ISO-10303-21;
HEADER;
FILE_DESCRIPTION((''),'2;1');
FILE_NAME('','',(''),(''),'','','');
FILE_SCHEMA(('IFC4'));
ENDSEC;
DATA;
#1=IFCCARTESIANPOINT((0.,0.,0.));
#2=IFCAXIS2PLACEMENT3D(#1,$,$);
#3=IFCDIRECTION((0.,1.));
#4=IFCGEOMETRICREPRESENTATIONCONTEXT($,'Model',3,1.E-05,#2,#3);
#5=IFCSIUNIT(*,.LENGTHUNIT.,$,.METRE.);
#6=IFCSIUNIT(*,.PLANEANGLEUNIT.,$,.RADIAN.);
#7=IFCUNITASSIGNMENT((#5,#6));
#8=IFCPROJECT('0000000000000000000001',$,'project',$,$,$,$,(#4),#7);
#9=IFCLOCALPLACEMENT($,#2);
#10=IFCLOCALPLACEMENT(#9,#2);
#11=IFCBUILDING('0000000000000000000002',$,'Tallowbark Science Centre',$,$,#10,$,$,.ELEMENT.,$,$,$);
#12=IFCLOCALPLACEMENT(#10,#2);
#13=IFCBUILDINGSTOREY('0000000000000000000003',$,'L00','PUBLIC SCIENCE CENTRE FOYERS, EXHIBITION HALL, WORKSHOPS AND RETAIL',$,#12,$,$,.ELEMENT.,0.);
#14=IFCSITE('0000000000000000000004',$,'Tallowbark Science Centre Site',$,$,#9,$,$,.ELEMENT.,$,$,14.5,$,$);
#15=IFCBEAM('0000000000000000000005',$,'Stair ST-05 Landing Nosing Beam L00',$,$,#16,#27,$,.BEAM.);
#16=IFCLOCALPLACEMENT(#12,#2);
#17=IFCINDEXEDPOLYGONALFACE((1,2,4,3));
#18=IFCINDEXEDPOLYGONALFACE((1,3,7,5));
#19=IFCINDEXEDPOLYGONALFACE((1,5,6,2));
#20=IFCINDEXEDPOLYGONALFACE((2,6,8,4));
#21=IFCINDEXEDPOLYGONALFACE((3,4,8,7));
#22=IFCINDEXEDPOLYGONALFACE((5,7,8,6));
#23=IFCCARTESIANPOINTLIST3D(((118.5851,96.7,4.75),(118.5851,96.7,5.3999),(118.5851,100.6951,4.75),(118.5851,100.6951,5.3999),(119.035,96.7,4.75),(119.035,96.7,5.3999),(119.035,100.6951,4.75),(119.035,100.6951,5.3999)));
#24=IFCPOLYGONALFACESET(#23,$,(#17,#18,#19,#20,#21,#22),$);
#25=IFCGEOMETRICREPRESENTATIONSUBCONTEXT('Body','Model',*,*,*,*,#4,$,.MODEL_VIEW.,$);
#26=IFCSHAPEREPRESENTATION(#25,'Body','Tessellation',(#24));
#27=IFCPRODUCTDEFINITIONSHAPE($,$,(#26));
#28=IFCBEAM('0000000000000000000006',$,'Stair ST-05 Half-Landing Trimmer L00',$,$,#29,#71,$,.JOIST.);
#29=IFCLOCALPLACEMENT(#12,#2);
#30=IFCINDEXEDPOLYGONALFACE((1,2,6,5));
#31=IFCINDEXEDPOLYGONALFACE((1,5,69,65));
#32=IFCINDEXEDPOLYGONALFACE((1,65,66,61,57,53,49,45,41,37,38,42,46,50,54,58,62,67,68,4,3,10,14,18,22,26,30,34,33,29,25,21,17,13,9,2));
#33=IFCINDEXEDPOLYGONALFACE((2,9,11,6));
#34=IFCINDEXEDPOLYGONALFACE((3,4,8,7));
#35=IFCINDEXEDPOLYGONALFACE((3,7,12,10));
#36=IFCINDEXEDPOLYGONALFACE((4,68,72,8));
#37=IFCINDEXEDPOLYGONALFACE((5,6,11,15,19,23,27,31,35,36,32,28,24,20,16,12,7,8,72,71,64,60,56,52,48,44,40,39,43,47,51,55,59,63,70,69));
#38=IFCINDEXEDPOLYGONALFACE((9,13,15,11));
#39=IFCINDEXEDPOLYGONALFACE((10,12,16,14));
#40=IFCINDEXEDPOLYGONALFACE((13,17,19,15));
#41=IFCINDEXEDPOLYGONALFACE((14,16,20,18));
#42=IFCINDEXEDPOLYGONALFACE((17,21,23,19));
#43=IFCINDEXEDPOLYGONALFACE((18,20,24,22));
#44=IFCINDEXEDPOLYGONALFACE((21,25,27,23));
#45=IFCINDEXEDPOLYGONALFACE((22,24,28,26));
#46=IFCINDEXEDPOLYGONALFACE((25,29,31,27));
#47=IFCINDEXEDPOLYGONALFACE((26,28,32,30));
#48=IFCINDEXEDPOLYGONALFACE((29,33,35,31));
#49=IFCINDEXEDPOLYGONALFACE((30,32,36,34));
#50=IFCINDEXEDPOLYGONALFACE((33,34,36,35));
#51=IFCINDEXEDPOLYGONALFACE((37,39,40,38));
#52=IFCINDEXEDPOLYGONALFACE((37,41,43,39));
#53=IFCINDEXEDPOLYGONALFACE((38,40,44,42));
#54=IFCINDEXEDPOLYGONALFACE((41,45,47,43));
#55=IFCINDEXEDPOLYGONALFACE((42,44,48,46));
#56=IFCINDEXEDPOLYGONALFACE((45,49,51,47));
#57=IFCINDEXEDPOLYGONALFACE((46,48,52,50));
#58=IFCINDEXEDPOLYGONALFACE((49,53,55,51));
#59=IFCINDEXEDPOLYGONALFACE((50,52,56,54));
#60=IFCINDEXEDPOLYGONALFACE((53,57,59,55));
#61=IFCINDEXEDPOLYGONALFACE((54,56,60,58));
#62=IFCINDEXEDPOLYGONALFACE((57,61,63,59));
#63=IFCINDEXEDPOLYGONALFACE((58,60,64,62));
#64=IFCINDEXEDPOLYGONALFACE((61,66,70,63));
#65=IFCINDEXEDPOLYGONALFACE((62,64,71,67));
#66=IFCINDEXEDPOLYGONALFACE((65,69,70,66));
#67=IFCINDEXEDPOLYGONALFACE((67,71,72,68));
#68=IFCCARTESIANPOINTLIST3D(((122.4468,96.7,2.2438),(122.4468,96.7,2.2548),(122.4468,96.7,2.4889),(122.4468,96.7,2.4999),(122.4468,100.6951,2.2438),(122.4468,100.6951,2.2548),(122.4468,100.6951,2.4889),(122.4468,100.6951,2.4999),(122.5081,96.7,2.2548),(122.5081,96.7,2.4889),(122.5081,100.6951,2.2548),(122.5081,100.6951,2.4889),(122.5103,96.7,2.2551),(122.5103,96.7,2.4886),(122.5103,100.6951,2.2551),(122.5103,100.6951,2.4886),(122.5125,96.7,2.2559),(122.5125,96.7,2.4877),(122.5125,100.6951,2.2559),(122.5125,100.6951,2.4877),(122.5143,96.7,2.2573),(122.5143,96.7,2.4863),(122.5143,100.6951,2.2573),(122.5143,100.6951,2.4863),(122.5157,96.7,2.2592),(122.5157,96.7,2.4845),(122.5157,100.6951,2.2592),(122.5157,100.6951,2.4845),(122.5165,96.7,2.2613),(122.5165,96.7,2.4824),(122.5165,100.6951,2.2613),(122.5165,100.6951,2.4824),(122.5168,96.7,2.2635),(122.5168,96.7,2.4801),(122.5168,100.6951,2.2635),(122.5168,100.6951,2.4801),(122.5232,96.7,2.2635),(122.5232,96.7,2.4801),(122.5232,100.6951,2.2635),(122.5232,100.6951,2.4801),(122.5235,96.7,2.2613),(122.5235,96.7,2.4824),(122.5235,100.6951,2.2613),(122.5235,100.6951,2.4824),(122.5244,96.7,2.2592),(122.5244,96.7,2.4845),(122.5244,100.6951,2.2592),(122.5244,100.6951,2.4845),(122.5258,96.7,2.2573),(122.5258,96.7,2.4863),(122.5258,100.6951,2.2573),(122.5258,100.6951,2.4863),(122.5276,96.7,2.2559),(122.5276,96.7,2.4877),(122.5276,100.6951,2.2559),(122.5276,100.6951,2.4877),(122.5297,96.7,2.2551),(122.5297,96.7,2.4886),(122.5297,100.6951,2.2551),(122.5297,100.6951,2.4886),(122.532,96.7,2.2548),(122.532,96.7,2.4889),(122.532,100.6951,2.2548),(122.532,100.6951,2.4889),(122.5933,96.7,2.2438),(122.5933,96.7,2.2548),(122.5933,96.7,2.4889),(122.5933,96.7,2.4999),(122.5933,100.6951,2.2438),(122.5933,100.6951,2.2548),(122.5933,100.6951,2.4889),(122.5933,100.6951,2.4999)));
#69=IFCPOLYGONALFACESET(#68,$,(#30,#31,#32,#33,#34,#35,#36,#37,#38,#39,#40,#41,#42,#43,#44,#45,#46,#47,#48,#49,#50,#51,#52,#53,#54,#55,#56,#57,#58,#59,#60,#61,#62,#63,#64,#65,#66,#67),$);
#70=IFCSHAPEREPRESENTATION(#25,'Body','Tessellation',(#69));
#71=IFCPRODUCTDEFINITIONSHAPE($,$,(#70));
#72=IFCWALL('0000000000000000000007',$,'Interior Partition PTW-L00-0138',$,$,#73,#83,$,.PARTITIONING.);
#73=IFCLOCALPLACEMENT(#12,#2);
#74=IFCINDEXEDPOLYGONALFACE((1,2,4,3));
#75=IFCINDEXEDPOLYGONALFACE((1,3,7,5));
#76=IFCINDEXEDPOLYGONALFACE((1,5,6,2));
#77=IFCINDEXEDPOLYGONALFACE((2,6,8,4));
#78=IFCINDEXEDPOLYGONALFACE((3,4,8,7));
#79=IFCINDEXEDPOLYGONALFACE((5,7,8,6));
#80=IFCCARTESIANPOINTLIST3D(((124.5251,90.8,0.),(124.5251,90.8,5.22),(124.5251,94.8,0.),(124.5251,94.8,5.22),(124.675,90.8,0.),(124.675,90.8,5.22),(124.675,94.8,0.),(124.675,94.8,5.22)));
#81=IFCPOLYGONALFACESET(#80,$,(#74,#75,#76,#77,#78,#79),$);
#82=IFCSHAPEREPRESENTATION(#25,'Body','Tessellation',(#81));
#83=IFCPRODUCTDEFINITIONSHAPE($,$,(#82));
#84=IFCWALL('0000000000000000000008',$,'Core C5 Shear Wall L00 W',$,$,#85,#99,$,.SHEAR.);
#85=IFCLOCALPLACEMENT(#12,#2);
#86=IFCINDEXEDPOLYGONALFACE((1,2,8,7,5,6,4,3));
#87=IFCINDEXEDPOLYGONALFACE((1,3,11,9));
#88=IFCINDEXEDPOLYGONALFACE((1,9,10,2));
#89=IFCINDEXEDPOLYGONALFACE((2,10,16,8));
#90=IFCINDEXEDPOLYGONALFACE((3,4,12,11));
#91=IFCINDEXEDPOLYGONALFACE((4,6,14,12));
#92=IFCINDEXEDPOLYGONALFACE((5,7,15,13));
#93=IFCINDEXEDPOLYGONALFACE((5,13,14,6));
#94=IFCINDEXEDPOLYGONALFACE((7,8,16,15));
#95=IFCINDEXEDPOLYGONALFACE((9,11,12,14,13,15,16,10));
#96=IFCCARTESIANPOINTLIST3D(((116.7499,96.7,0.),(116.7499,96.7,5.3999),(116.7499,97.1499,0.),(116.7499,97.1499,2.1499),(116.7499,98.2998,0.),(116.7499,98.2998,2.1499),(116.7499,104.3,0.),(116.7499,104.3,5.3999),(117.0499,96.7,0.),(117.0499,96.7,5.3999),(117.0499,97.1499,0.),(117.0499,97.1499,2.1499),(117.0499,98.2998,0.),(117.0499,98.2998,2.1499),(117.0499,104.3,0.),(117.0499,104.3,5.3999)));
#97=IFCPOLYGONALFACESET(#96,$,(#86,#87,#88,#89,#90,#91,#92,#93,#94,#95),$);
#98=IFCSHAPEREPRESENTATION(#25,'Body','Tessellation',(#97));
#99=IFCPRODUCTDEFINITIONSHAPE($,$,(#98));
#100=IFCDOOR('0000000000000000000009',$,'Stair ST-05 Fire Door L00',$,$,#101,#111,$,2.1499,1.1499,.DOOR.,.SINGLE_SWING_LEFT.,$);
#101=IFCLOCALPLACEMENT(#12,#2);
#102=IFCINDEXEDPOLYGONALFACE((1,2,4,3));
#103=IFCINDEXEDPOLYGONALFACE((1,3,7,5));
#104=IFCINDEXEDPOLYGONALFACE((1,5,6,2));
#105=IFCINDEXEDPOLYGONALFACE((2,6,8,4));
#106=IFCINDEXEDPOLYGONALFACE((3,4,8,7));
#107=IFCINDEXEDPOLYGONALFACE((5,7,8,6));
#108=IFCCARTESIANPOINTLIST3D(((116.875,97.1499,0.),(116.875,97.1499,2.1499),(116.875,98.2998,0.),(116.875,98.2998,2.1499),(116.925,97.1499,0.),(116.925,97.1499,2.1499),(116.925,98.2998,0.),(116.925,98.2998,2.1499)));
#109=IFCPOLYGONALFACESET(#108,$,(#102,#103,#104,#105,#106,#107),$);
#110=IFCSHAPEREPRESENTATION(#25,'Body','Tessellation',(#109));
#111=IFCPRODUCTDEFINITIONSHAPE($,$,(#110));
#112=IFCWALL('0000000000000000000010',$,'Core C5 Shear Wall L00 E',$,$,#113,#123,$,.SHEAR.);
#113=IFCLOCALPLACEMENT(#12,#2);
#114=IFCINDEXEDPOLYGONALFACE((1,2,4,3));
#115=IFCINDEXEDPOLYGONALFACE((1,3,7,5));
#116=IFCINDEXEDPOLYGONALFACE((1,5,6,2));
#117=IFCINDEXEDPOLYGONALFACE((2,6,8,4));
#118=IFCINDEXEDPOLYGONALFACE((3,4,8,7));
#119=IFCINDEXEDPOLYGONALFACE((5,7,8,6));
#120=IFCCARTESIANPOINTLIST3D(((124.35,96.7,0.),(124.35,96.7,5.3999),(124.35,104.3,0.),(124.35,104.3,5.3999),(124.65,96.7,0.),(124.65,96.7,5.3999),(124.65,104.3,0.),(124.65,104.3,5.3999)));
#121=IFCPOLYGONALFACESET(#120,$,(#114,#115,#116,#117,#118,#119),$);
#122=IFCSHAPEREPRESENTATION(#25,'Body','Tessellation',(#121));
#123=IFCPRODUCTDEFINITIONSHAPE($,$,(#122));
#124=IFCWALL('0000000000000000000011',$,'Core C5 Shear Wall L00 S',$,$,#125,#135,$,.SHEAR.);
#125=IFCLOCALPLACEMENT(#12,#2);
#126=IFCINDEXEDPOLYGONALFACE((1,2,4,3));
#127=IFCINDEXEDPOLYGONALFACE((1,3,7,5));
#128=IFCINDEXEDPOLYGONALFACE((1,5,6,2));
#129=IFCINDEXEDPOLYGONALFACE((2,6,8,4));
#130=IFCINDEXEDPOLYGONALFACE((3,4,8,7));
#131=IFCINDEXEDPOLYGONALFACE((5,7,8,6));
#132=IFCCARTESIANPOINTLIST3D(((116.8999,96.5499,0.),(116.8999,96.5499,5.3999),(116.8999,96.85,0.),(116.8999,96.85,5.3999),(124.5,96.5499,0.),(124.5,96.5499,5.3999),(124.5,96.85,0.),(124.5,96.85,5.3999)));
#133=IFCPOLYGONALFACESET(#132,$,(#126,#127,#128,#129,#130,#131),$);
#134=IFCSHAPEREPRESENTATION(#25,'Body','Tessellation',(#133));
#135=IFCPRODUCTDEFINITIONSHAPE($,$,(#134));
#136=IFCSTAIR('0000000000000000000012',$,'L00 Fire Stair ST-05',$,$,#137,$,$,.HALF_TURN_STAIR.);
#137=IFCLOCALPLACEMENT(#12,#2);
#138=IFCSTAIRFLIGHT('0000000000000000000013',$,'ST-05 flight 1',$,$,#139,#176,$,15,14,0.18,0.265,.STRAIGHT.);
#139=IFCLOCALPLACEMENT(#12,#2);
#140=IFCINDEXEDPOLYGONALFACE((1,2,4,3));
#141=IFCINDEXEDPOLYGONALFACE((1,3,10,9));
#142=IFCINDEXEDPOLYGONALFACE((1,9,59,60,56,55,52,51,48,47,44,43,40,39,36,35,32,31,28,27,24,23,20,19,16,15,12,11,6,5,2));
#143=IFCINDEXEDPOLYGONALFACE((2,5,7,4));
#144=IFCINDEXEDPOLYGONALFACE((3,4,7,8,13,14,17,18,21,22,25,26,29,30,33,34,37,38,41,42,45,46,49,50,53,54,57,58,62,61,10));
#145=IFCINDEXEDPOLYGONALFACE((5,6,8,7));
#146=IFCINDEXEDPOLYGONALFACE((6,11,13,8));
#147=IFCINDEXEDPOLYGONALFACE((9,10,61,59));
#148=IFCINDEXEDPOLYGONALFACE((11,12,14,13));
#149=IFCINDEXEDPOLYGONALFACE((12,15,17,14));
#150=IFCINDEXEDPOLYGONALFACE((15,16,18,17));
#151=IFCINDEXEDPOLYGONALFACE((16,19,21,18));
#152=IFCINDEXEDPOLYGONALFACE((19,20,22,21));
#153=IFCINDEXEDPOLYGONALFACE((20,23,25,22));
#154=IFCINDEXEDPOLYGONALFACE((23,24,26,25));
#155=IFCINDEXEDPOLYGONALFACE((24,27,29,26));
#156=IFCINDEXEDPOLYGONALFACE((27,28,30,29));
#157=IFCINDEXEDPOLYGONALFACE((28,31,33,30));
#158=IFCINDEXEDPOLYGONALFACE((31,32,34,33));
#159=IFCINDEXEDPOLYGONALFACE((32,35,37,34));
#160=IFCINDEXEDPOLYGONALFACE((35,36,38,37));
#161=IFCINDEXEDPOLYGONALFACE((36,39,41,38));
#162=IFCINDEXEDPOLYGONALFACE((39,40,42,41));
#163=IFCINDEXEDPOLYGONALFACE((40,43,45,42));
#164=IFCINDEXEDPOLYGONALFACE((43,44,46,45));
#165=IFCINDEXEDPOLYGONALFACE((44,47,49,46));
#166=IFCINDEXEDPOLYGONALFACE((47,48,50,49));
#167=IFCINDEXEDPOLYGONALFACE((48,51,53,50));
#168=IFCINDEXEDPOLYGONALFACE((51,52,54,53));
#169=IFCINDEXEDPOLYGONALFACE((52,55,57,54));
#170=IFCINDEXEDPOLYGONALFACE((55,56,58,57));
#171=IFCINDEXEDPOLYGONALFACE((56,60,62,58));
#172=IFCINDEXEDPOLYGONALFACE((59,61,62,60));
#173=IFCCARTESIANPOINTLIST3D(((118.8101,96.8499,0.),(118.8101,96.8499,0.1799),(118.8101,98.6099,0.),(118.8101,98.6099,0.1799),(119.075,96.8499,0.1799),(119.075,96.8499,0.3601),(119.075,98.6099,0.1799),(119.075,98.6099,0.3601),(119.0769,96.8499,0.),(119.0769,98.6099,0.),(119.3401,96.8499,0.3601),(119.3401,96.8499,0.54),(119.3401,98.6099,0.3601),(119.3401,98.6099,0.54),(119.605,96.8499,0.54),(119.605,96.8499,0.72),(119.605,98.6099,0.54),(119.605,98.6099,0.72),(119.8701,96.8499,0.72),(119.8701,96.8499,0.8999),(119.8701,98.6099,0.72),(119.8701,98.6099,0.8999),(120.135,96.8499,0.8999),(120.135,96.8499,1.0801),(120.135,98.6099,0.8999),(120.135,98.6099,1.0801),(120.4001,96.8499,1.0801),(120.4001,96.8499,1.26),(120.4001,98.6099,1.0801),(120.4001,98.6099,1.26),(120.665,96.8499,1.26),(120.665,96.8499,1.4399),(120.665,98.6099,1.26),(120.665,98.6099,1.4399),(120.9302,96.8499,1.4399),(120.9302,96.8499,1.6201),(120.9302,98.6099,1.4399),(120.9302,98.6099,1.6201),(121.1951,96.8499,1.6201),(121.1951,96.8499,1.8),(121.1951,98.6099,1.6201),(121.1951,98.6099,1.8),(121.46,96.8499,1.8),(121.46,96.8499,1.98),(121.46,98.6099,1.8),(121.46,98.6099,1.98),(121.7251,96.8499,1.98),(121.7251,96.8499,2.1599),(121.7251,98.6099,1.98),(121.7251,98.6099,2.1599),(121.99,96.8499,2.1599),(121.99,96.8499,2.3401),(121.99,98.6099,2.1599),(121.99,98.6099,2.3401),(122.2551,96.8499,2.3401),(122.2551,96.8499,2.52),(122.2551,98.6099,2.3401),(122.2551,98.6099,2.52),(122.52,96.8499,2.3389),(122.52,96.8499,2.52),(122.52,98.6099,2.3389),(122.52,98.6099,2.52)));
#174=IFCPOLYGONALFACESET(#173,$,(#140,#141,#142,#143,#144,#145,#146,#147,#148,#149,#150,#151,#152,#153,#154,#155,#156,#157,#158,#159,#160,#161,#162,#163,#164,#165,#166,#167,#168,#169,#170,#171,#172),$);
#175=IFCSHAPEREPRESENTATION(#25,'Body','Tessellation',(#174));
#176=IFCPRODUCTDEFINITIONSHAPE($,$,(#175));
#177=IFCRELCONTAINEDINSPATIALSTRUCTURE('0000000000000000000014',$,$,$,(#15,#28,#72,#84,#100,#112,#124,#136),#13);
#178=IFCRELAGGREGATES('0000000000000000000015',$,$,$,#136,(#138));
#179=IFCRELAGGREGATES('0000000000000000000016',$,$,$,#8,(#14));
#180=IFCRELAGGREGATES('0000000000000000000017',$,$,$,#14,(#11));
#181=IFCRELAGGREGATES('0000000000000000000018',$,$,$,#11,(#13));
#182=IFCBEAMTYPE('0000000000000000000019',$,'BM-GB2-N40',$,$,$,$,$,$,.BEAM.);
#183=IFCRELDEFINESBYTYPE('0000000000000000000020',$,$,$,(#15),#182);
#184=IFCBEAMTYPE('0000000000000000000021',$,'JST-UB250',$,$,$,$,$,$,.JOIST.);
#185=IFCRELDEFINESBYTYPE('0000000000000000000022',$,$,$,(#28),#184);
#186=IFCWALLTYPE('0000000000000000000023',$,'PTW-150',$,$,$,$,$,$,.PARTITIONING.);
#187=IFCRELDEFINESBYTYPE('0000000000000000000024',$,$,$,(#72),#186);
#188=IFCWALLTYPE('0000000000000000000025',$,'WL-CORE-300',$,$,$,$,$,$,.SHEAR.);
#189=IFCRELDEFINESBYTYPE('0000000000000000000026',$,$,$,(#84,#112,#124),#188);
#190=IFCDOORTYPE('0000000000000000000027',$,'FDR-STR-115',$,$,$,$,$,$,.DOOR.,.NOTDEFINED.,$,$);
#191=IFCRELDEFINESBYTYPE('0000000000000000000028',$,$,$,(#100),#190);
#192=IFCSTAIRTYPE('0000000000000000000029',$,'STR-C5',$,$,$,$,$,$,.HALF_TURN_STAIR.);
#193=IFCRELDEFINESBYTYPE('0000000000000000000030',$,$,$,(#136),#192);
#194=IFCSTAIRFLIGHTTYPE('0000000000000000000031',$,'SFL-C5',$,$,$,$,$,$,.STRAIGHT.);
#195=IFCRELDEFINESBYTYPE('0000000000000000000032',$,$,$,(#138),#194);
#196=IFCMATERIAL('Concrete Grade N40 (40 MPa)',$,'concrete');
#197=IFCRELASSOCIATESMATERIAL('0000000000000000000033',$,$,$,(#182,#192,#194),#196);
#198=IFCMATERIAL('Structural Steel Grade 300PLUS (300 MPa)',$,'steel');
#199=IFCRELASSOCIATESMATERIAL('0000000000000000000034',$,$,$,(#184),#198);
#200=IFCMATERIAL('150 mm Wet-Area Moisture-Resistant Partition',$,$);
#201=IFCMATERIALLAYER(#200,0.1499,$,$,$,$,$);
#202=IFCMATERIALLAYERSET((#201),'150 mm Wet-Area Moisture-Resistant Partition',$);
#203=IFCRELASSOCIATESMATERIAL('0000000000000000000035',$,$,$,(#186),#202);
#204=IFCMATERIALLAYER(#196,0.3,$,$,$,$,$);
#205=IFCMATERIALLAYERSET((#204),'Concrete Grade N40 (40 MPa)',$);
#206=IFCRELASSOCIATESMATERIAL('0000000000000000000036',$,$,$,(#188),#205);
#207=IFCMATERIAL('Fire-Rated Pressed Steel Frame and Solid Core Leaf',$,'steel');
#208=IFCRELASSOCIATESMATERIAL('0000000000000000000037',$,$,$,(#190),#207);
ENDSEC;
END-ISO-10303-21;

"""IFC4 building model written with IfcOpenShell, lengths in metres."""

from ifc_helpers import new_model, si_unit, direction, frame, frame_2d, origin, origin_2d, place, context, subcontext, project, spatial, polyline, rectangle, i_section, outline, extrude, material, layer, layer_set, material_profile, profile_set, type_object, element, fill, aggregate, save


model = new_model("IFC4")

# Units and contexts
model_context = context("Model", 3, precision=1e-05, world=origin(), true_north=direction((0.0, 1.0)))
body_context = subcontext(model_context, "Body", "Model", "MODEL_VIEW")
ifc_project = project(units=[si_unit("LENGTHUNIT", "METRE"), si_unit("PLANEANGLEUNIT", "RADIAN")], contexts=[model_context])

# Site, building, storey
site_placement = place(None, origin())
site = spatial("IfcSite", under=ifc_project, at=site_placement, Name="Tallowbark Science Centre Site", CompositionType="ELEMENT", RefElevation=14.5)
building_placement = place(site_placement, origin())
building = spatial("IfcBuilding", under=site, at=building_placement, Name="Tallowbark Science Centre", CompositionType="ELEMENT")
storey_placement = place(building_placement, origin())
storey = spatial("IfcBuildingStorey", under=building, at=storey_placement, Name="L00", Description="PUBLIC SCIENCE CENTRE FOYERS, EXHIBITION HALL, WORKSHOPS AND RETAIL", CompositionType="ELEMENT", Elevation=0.0)

# Beams
ifc_material_1 = material(Name="Concrete Grade N40 (40 MPa)", Category="concrete")
ifc_material_profile_1 = material_profile(ifc_material_1, rectangle(XDim=0.45, YDim=0.6499, at=origin_2d()), Name="RC450x650")
ifc_profile_set_1 = profile_set([ifc_material_profile_1], Name="Concrete Grade N40 (40 MPa)")
beam_type_1 = type_object("IfcBeamType", Name="BM-GB2-N40", PredefinedType="BEAM", material=ifc_profile_set_1)
beam_1_placement = place(storey_placement, frame((118.8101, 96.7, 5.075), z_axis=(0.0, 1.0, 0.0), x_axis=(-1.0, 0.0, 0.0)))
element("IfcBeam", 1, at=beam_1_placement, inside=storey, type_object=beam_type_1, Name="Stair ST-05 Landing Nosing Beam L00", PredefinedType="BEAM", context=body_context, shape_type="SweptSolid", body=[
    extrude(rectangle(XDim=0.45, YDim=0.6499, at=origin_2d()), origin(), (0.0, 0.0, 1.0), 3.9951),
])
ifc_material_2 = material(Name="Structural Steel Grade 300PLUS (300 MPa)", Category="steel")
ifc_material_profile_2 = material_profile(ifc_material_2, i_section(OverallWidth=0.1465, OverallDepth=0.2561, WebThickness=0.0063, FlangeThickness=0.011, FilletRadius=0.0088, at=origin_2d()), Name="250UB37.3")
ifc_profile_set_2 = profile_set([ifc_material_profile_2], Name="Structural Steel Grade 300PLUS (300 MPa)")
beam_type_2 = type_object("IfcBeamType", Name="JST-UB250", PredefinedType="JOIST", material=ifc_profile_set_2)
beam_2_placement = place(storey_placement, frame((122.52, 96.7, 2.3718), z_axis=(0.0, 1.0, 0.0), x_axis=(-1.0, 0.0, 0.0)))
element("IfcBeam", 2, at=beam_2_placement, inside=storey, type_object=beam_type_2, Name="Stair ST-05 Half-Landing Trimmer L00", PredefinedType="JOIST", context=body_context, shape_type="SweptSolid", body=[
    extrude(i_section(OverallWidth=0.1465, OverallDepth=0.2561, WebThickness=0.0063, FlangeThickness=0.011, FilletRadius=0.0088, at=origin_2d()), origin(), (0.0, 0.0, 1.0), 3.9951),
])

# Wall
ifc_material_3 = material(Name="150 mm Wet-Area Moisture-Resistant Partition")
ifc_layer_1 = layer(ifc_material_3, 0.1499)
ifc_layer_set_1 = layer_set([ifc_layer_1], Name="150 mm Wet-Area Moisture-Resistant Partition")
wall_type_1 = type_object("IfcWallType", Name="PTW-150", PredefinedType="PARTITIONING", material=ifc_layer_set_1)
wall_1_placement = place(storey_placement, frame((124.6001, 90.8, 0.0), z_axis=(0.0, 0.0, 1.0), x_axis=(0.0, 1.0, 0.0)))
element("IfcWall", 3, at=wall_1_placement, inside=storey, type_object=wall_type_1, Name="Interior Partition PTW-L00-0138", PredefinedType="PARTITIONING", context=body_context, shape_type="SweptSolid", body=[
    extrude(rectangle(XDim=4.0, YDim=0.1499, at=frame_2d((2.0, 0.0))), origin(), (0.0, 0.0, 1.0), 5.22),
])

# Wall, opening, door
ifc_layer_2 = layer(ifc_material_1, 0.3)
ifc_layer_set_2 = layer_set([ifc_layer_2], Name="Concrete Grade N40 (40 MPa)")
wall_type_2 = type_object("IfcWallType", Name="WL-CORE-300", PredefinedType="SHEAR", material=ifc_layer_set_2)
wall_2_placement = place(storey_placement, frame((116.8999, 96.7, 0.0), z_axis=(0.0, 0.0, 1.0), x_axis=(0.0, 1.0, 0.0)))
wall_2 = element("IfcWall", 4, at=wall_2_placement, inside=storey, type_object=wall_type_2, Name="Core C5 Shear Wall L00 W", PredefinedType="SHEAR", context=body_context, shape_type="SweptSolid", body=[
    extrude(rectangle(XDim=7.6001, YDim=0.3, at=frame_2d((3.8, 0.0))), origin(), (0.0, 0.0, 1.0), 5.3999),
])
opening_placement = place(wall_2_placement, frame((0.45, 0.0, 0.0)))
opening = element("IfcOpeningElement", 5, at=opening_placement, cuts=wall_2, PredefinedType="OPENING", context=body_context, shape_type="SweptSolid", body=[
    extrude(rectangle(XDim=1.1499, YDim=2.1499, at=frame_2d((0.575, 1.075))), frame((0.0, 0.1602, 0.0), z_axis=(0.0, -1.0, 0.0), x_axis=(1.0, 0.0, 0.0)), (0.0, 0.0, 1.0), 0.3201),
])
ifc_material_4 = material(Name="Fire-Rated Pressed Steel Frame and Solid Core Leaf", Category="steel")
door_type = type_object("IfcDoorType", Name="FDR-STR-115", OperationType="NOTDEFINED", PredefinedType="DOOR", material=ifc_material_4)
door_placement = place(opening_placement, origin())
door = element("IfcDoor", 6, at=door_placement, inside=storey, type_object=door_type, Name="Stair ST-05 Fire Door L00", OperationType="SINGLE_SWING_LEFT", OverallHeight=2.1499, OverallWidth=1.1499, PredefinedType="DOOR", context=body_context, shape_type="SweptSolid", body=[
    extrude(rectangle(XDim=1.1499, YDim=2.1499, at=frame_2d((0.575, 1.075))), frame((0.0, 0.0249, 0.0), z_axis=(0.0, -1.0, 0.0), x_axis=(1.0, 0.0, 0.0)), (0.0, 0.0, 1.0), 0.05),
])
fill(opening, door)

# Walls
for number, where, z_axis, x_axis, name in (
    (7, (124.5, 96.7, 0.0), (0.0, 0.0, 1.0), (0.0, 1.0, 0.0), "Core C5 Shear Wall L00 E"),
    (8, (116.8999, 96.7, 0.0), (0.0, 0.0, 1.0), (1.0, 0.0, 0.0), "Core C5 Shear Wall L00 S"),
):
    element("IfcWall", number, at=place(storey_placement, frame(where, z_axis=z_axis, x_axis=x_axis)), inside=storey, type_object=wall_type_2, Name=name, PredefinedType="SHEAR", context=body_context, shape_type="SweptSolid", body=[
        extrude(rectangle(XDim=7.6001, YDim=0.3, at=frame_2d((3.8, 0.0))), origin(), (0.0, 0.0, 1.0), 5.3999),
    ])

# Stair, stair flight
stair_type = type_object("IfcStairType", Name="STR-C5", PredefinedType="HALF_TURN_STAIR", material=ifc_material_1)
stair_placement = place(storey_placement, origin())
stair = element("IfcStair", 9, at=stair_placement, inside=storey, type_object=stair_type, Name="L00 Fire Stair ST-05", PredefinedType="HALF_TURN_STAIR")
stair_flight_type = type_object("IfcStairFlightType", Name="SFL-C5", PredefinedType="STRAIGHT", material=ifc_material_1)
stair_flight_placement = place(storey_placement, frame((118.8101, 97.73, 0.0), z_axis=(0.0, 0.0, 1.0), x_axis=(1.0, 0.0, 0.0)))
stair_flight = element("IfcStairFlight", 10, at=stair_flight_placement, type_object=stair_flight_type, Name="ST-05 flight 1", NumberOfRisers=15, NumberOfTreads=14, PredefinedType="STRAIGHT", RiserHeight=0.18, TreadLength=0.265, context=body_context, shape_type="SweptSolid", body=[
    extrude(outline(polyline([(0.0, 0.0), (0.0, 0.1799), (0.2649, 0.1799), (0.2649, 0.3601), (0.53, 0.3601), (0.53, 0.54), (0.7949, 0.54), (0.7949, 0.72), (1.0601, 0.72), (1.0601, 0.8999), (1.325, 0.8999), (1.325, 1.0801), (1.5901, 1.0801), (1.5901, 1.26), (1.855, 1.26), (1.855, 1.4399), (2.1201, 1.4399), (2.1201, 1.6201), (2.385, 1.6201), (2.385, 1.8), (2.6499, 1.8), (2.6499, 1.98), (2.915, 1.98), (2.915, 2.1599), (3.1799, 2.1599), (3.1799, 2.3401), (3.4451, 2.3401), (3.4451, 2.52), (3.71, 2.52), (3.71, 2.7), (3.71, 2.3389), (0.2668, 0.0), (0.0, 0.0)])), frame((0.0, 0.8799, 0.0), z_axis=(0.0, -1.0, 0.0), x_axis=(1.0, 0.0, 0.0)), (0.0, 0.0, 1.0), 1.76),
])
aggregate(stair, [stair_flight])

save(model, "model.ifc")
